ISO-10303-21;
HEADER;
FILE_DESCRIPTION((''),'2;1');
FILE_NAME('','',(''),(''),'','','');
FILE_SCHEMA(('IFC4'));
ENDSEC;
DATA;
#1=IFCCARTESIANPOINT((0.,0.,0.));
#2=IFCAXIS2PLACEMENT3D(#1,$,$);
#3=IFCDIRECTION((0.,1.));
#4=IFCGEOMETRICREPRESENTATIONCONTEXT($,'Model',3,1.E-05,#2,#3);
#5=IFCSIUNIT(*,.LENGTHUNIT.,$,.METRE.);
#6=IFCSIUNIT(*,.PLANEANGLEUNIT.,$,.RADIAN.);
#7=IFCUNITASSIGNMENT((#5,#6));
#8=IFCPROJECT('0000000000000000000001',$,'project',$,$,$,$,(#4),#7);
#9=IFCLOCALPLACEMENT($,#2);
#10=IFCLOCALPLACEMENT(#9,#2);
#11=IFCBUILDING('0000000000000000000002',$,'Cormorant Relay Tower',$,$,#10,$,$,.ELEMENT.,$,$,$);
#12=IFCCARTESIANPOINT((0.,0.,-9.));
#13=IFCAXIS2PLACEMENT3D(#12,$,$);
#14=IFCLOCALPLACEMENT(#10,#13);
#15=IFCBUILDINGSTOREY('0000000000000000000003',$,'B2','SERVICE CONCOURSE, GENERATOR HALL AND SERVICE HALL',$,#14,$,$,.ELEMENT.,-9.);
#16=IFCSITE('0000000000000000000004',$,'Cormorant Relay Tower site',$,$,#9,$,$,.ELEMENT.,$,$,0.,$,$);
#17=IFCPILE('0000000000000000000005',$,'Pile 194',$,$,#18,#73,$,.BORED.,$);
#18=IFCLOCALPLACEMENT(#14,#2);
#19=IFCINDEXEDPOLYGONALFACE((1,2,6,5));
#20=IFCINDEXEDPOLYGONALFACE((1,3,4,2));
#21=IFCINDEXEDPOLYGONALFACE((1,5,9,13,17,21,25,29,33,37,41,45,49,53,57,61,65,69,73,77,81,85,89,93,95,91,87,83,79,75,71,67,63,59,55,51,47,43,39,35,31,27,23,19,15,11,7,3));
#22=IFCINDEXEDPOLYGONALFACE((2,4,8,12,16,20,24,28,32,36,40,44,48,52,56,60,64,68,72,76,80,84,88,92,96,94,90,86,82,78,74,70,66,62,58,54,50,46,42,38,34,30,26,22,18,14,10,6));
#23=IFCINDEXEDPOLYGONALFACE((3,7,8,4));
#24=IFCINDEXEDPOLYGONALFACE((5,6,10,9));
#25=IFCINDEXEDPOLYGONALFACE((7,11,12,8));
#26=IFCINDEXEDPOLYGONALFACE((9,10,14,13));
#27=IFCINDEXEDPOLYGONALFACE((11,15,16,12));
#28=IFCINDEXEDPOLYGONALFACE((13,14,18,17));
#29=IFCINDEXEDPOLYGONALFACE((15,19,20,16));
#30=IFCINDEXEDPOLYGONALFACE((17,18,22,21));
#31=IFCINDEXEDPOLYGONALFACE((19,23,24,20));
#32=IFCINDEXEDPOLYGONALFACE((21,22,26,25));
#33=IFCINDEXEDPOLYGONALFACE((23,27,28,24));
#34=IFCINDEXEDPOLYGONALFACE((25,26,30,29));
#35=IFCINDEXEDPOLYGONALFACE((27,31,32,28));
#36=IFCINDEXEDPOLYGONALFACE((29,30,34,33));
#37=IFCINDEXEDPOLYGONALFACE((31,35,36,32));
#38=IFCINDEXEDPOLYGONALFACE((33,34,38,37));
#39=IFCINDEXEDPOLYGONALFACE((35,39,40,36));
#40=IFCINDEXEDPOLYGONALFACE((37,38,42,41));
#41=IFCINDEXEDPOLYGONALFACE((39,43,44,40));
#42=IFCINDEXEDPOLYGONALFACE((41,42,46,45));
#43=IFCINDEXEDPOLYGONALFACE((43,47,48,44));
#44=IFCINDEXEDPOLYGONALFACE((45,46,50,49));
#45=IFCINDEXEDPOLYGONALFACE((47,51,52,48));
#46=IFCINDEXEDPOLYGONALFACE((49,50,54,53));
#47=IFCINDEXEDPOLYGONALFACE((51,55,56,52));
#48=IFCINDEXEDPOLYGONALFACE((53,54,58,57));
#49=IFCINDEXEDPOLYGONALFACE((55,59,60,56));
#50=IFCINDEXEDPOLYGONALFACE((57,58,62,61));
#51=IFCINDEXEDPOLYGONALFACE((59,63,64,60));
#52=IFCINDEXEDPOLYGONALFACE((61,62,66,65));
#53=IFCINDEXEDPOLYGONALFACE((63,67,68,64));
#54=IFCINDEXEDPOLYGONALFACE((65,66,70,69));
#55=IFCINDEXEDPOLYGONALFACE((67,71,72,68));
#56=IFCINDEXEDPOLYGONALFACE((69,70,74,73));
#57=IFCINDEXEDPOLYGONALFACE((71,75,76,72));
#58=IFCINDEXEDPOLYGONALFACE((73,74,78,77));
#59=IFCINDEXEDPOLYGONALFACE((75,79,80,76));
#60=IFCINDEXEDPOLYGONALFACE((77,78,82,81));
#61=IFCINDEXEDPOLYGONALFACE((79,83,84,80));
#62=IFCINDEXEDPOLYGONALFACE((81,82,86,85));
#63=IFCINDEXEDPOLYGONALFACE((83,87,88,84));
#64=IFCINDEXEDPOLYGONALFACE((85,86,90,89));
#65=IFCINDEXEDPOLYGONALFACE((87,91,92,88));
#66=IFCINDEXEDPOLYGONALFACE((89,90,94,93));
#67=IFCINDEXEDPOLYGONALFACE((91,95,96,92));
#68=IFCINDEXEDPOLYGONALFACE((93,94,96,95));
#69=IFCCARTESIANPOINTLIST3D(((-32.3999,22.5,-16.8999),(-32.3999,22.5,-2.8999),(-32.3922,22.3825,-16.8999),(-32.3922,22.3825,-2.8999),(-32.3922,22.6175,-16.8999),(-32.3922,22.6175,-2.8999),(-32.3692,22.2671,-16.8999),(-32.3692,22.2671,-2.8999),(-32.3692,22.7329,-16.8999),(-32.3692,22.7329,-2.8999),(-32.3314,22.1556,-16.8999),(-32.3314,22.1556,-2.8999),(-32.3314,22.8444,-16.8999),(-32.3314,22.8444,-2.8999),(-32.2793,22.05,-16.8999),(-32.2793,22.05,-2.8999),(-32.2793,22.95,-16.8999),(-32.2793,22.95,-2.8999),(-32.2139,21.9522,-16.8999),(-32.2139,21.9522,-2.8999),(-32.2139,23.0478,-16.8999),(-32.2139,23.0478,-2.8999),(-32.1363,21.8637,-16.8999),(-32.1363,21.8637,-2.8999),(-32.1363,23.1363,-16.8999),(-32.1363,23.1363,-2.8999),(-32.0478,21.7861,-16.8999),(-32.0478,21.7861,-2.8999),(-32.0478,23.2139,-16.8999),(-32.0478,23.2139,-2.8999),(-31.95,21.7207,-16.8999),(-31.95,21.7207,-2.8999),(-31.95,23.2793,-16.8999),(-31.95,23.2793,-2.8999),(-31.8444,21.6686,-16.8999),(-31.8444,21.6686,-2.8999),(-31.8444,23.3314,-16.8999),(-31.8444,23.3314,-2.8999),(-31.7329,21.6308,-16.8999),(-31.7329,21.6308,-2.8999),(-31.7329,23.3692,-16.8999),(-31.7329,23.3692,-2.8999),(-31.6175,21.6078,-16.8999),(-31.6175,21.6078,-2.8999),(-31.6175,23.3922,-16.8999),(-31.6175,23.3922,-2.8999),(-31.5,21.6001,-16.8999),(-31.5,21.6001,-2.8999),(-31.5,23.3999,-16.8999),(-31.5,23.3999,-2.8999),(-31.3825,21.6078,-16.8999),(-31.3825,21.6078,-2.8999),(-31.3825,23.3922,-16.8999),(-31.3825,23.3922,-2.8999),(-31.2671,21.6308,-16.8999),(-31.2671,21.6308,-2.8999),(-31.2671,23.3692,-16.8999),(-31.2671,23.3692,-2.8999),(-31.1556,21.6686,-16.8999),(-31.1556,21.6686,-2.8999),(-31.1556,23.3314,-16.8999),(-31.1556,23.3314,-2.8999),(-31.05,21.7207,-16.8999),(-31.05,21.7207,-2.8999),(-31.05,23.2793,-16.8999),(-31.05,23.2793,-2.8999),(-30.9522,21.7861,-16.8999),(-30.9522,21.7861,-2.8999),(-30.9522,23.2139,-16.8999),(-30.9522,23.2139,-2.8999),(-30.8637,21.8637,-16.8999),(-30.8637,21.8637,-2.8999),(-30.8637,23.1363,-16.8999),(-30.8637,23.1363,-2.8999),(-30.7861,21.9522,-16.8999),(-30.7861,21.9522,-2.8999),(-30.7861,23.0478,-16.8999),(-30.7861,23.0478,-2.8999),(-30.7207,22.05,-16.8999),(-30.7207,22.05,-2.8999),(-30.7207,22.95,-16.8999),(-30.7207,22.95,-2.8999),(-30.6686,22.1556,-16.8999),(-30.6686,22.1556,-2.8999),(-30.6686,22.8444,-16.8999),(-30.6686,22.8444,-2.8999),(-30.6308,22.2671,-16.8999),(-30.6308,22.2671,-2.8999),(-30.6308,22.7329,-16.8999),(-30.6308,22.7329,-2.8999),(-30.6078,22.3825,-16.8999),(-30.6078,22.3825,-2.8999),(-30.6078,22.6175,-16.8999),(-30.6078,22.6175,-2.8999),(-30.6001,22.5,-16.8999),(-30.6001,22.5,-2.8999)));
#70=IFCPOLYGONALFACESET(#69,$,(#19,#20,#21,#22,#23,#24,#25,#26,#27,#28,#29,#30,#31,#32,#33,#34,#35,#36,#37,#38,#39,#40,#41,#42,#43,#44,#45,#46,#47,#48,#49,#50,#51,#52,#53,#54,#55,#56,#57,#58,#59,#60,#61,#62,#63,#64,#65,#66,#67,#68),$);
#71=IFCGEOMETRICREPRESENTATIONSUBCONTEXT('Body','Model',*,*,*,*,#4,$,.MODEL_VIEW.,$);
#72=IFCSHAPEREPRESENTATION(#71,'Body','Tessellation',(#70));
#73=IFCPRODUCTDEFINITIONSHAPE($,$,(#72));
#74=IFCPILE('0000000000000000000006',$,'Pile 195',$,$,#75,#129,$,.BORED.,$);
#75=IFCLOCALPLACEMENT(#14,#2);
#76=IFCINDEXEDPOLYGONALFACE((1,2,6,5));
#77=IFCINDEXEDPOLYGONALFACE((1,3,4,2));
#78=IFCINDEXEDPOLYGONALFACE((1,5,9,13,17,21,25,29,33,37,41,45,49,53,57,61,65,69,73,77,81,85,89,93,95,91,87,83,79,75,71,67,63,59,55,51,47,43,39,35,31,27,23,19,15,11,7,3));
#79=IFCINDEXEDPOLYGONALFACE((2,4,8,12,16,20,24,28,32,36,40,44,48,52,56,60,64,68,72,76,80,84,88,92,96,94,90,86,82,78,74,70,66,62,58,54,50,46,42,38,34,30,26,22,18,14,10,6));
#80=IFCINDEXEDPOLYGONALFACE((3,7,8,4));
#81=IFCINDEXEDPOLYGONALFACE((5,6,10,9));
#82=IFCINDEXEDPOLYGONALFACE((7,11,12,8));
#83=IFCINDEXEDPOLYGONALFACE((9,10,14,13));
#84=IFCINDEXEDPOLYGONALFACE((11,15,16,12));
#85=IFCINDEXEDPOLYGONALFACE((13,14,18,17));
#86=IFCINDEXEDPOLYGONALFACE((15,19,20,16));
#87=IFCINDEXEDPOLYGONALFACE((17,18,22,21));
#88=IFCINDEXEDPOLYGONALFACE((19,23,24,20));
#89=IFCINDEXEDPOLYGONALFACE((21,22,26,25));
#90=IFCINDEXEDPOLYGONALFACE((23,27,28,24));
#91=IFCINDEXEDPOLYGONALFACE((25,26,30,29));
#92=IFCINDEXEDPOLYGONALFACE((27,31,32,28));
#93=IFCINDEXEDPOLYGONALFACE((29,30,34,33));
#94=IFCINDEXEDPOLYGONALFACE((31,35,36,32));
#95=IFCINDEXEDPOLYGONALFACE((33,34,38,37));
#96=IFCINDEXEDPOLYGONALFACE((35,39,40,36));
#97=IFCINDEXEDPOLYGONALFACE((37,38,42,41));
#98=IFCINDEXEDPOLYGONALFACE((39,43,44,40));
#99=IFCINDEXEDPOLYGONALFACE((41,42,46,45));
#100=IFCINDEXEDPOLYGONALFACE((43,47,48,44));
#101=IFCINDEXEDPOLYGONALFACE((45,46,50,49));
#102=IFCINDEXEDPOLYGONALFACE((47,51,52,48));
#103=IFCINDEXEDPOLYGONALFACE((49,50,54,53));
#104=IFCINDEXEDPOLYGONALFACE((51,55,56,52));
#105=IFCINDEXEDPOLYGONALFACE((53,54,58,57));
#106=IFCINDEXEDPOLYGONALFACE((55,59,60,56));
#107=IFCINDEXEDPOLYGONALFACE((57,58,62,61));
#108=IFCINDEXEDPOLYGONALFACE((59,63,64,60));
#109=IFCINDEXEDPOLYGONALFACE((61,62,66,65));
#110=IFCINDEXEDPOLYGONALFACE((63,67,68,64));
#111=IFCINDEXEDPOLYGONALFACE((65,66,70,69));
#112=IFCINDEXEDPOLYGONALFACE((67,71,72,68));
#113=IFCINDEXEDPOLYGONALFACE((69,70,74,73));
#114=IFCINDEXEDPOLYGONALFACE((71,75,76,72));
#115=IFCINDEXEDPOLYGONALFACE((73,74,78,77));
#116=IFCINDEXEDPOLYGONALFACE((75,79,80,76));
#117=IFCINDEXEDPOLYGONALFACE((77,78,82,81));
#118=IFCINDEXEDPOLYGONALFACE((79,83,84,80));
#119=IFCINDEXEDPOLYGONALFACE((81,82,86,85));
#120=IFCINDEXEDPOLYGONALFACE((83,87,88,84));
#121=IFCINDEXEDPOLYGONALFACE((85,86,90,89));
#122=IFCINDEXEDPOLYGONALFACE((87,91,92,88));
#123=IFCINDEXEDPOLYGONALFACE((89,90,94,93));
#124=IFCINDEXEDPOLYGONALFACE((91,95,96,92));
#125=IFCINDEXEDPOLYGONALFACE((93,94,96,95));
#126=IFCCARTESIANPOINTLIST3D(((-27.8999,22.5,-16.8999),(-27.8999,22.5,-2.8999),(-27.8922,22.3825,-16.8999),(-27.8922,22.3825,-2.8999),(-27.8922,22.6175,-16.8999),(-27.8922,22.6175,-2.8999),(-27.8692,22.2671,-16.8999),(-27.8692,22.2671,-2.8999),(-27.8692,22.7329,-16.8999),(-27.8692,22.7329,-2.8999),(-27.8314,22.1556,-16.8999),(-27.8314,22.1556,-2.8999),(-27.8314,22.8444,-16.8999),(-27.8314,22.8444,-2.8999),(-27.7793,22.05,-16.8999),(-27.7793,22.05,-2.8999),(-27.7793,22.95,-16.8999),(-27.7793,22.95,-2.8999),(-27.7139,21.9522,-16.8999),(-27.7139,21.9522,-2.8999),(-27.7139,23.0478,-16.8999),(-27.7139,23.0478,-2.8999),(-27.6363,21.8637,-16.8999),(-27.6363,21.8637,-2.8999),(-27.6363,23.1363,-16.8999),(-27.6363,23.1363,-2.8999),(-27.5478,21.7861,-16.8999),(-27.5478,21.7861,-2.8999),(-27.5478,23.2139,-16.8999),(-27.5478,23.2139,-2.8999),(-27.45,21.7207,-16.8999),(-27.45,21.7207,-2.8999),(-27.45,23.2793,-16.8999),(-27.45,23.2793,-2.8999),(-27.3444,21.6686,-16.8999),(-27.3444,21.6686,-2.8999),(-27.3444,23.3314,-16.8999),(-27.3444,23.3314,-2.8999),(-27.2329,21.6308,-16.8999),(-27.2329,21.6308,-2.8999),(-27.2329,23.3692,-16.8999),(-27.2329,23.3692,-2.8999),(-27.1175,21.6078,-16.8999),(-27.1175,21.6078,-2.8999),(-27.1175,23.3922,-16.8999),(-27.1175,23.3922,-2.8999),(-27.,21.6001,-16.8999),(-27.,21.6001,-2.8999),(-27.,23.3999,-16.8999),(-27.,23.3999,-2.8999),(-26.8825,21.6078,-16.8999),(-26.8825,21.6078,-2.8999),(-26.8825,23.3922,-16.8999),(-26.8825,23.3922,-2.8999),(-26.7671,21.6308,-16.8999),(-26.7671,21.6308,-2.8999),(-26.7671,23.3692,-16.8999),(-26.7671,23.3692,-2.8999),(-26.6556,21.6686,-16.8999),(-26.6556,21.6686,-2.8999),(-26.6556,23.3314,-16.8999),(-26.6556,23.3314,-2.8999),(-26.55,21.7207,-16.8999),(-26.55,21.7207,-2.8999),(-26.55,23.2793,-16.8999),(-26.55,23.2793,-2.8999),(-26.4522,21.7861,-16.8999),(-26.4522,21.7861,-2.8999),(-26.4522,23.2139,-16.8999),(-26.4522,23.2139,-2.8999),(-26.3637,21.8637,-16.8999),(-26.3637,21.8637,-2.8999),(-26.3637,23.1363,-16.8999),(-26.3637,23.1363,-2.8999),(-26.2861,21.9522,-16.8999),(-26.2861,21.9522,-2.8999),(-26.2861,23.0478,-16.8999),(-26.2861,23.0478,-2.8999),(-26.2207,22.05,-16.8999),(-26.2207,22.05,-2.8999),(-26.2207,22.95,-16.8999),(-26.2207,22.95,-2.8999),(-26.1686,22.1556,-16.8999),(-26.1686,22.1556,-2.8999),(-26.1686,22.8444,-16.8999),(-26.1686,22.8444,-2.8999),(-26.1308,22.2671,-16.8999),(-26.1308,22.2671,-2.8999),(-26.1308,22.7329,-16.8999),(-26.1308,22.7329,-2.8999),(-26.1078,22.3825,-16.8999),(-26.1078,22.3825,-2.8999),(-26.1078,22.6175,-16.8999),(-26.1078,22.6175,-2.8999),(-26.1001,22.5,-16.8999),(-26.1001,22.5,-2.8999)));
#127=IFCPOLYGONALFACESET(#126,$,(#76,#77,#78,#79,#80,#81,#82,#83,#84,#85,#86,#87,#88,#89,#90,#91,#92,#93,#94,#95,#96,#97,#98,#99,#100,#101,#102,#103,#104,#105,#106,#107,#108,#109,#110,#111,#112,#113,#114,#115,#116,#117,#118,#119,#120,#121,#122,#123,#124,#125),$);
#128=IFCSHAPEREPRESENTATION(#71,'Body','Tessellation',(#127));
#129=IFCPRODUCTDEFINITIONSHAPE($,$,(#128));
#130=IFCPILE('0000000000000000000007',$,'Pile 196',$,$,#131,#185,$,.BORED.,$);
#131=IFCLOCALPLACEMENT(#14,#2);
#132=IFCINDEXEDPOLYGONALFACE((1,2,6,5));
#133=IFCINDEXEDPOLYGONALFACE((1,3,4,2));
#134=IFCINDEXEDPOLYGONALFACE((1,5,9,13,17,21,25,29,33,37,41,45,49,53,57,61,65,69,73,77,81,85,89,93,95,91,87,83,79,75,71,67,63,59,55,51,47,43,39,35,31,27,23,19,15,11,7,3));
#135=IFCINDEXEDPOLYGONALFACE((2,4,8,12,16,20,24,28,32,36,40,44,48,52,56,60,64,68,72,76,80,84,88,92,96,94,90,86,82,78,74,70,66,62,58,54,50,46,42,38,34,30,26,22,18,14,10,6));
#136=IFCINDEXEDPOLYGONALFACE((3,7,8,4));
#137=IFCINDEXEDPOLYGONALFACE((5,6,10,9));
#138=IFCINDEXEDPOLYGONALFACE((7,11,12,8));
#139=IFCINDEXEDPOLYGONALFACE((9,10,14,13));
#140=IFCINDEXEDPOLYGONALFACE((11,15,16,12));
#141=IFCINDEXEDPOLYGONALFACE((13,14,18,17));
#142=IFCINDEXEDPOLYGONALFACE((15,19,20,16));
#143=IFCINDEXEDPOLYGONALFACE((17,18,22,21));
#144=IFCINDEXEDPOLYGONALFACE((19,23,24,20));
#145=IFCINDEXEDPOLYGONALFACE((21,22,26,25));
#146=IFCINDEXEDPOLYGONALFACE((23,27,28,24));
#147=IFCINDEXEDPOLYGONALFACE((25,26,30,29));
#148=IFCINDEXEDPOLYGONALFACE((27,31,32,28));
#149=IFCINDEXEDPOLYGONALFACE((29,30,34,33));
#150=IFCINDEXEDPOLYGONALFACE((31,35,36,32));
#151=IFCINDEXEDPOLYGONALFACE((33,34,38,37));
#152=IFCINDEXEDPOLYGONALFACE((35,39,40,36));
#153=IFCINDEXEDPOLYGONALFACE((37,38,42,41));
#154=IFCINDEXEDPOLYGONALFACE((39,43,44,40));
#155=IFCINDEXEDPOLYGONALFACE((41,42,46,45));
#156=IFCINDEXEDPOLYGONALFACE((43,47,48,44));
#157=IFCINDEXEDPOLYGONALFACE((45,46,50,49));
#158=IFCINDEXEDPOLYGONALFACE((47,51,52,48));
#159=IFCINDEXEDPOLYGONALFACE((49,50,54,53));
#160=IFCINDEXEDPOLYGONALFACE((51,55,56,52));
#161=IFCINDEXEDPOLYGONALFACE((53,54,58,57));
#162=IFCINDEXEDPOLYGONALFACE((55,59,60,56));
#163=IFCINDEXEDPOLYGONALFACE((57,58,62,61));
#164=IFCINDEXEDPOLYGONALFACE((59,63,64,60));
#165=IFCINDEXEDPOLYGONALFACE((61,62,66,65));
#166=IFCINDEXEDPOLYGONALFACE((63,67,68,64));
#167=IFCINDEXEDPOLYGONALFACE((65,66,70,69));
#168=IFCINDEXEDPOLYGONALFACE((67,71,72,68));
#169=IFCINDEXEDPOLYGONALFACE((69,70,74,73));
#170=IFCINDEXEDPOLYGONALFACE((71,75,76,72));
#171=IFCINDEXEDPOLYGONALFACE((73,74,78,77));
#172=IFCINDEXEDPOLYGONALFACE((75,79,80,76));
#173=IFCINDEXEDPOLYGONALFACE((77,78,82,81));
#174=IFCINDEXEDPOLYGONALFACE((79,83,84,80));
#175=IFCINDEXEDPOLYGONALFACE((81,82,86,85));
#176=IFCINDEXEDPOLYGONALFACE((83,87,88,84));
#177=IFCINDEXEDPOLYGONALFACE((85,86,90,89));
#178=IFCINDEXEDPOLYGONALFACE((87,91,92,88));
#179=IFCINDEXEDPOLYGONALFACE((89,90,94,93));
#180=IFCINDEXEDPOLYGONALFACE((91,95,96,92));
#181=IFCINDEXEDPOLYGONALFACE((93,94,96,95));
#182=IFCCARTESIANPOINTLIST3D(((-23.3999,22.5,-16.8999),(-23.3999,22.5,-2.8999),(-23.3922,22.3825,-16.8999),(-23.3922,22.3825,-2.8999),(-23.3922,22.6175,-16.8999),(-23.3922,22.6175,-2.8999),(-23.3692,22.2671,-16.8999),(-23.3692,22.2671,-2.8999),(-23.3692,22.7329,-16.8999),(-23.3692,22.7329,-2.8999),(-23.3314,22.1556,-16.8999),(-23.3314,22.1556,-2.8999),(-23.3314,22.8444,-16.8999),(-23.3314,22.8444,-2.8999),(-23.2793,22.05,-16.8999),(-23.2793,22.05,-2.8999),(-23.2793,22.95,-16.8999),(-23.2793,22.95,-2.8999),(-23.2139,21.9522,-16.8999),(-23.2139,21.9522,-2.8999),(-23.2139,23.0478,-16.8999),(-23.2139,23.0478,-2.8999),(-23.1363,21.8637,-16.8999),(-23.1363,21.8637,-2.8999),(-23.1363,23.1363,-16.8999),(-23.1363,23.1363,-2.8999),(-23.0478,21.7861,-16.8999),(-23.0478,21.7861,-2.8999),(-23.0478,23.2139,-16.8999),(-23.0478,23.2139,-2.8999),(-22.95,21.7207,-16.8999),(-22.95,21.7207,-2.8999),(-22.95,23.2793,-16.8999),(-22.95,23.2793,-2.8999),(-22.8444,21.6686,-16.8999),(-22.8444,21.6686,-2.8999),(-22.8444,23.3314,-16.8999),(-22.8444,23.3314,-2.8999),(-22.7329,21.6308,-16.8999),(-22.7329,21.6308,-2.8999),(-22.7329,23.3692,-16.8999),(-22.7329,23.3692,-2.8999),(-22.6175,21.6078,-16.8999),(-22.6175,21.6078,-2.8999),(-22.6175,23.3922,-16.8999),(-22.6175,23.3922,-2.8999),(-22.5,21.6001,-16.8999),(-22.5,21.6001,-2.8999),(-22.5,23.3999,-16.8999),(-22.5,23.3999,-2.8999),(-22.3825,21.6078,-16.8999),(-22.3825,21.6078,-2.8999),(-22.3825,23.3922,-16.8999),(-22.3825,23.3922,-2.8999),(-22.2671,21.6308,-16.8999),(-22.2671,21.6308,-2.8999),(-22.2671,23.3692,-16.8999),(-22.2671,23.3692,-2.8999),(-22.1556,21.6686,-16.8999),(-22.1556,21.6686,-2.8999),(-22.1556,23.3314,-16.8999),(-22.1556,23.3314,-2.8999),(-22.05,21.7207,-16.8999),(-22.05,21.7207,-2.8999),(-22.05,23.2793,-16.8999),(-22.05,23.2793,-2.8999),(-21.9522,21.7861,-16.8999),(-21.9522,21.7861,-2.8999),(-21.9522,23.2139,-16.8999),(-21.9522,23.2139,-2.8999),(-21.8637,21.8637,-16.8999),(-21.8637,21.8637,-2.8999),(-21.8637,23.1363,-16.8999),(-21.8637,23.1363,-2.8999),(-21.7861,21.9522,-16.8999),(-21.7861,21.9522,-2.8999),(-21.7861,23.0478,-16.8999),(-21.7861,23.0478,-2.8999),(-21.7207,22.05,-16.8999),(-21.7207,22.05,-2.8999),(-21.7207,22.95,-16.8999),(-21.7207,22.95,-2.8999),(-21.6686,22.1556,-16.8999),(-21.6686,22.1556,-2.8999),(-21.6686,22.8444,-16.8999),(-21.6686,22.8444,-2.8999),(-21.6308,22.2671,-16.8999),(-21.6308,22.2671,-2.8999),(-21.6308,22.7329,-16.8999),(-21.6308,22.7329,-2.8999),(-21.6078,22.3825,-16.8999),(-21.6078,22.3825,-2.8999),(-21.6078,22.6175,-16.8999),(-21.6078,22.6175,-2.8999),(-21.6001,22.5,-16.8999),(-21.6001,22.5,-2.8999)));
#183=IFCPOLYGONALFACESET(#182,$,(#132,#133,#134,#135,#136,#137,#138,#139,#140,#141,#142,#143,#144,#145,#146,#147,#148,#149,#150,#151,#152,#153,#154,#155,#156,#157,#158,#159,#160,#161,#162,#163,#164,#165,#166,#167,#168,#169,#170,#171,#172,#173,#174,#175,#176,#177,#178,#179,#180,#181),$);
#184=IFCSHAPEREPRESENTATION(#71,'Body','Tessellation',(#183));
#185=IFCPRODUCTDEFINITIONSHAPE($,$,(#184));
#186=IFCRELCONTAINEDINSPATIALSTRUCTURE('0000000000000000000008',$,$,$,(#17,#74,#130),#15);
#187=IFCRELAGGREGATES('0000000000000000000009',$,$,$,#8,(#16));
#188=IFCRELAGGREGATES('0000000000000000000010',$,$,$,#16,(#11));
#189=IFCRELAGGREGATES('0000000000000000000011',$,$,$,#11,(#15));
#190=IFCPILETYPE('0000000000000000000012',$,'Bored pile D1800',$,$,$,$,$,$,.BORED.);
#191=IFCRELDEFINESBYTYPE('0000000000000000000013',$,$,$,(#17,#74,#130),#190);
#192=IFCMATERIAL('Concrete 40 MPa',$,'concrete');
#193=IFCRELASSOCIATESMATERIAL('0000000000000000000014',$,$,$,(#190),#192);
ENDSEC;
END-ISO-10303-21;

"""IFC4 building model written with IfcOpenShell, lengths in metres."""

from ifc_helpers import new_model, si_unit, direction, frame, origin, origin_2d, place, context, subcontext, project, spatial, circle, extrude, material, material_profile, profile_set, type_object, element, save


model = new_model("IFC4")

# Units and contexts
model_context = context("Model", 3, precision=1e-05, world=origin(), true_north=direction((0.0, 1.0)))
body_context = subcontext(model_context, "Body", "Model", "MODEL_VIEW")
ifc_project = project(units=[si_unit("LENGTHUNIT", "METRE"), si_unit("PLANEANGLEUNIT", "RADIAN")], contexts=[model_context])

# Site, building, storey
site_placement = place(None, origin())
site = spatial("IfcSite", under=ifc_project, at=site_placement, Name="Cormorant Relay Tower site", CompositionType="ELEMENT", RefElevation=0.0)
building_placement = place(site_placement, origin())
building = spatial("IfcBuilding", under=site, at=building_placement, Name="Cormorant Relay Tower", CompositionType="ELEMENT")
storey_placement = place(building_placement, frame((0.0, 0.0, -9.0)))
storey = spatial("IfcBuildingStorey", under=building, at=storey_placement, Name="B2", Description="SERVICE CONCOURSE, GENERATOR HALL AND SERVICE HALL", CompositionType="ELEMENT", Elevation=-9.0)

# Piles
ifc_material_1 = material(Name="Concrete 40 MPa", Category="concrete")
ifc_material_profile = material_profile(ifc_material_1, circle(Radius=0.8999, at=origin_2d()), Name="BP1800")
ifc_profile_set = profile_set([ifc_material_profile], Name="Concrete 40 MPa")
pile_type = type_object("IfcPileType", Name="Bored pile D1800", PredefinedType="BORED", material=ifc_profile_set)
for number, where, z_axis, x_axis, name in (
    (1, (-31.5, 22.5, -2.8999), (0.0, 0.0, -1.0), (1.0, 0.0, 0.0), "Pile 194"),
    (2, (-27.0, 22.5, -2.8999), (0.0, 0.0, -1.0), (1.0, 0.0, 0.0), "Pile 195"),
    (3, (-22.5, 22.5, -2.8999), (0.0, 0.0, -1.0), (1.0, 0.0, 0.0), "Pile 196"),
):
    element("IfcPile", number, at=place(storey_placement, frame(where, z_axis=z_axis, x_axis=x_axis)), inside=storey, type_object=pile_type, Name=name, PredefinedType="BORED", context=body_context, shape_type="SweptSolid", body=[
        extrude(circle(Radius=0.8999, at=origin_2d()), origin(), (0.0, 0.0, 1.0), 14.0),
    ])

save(model, "model.ifc")
